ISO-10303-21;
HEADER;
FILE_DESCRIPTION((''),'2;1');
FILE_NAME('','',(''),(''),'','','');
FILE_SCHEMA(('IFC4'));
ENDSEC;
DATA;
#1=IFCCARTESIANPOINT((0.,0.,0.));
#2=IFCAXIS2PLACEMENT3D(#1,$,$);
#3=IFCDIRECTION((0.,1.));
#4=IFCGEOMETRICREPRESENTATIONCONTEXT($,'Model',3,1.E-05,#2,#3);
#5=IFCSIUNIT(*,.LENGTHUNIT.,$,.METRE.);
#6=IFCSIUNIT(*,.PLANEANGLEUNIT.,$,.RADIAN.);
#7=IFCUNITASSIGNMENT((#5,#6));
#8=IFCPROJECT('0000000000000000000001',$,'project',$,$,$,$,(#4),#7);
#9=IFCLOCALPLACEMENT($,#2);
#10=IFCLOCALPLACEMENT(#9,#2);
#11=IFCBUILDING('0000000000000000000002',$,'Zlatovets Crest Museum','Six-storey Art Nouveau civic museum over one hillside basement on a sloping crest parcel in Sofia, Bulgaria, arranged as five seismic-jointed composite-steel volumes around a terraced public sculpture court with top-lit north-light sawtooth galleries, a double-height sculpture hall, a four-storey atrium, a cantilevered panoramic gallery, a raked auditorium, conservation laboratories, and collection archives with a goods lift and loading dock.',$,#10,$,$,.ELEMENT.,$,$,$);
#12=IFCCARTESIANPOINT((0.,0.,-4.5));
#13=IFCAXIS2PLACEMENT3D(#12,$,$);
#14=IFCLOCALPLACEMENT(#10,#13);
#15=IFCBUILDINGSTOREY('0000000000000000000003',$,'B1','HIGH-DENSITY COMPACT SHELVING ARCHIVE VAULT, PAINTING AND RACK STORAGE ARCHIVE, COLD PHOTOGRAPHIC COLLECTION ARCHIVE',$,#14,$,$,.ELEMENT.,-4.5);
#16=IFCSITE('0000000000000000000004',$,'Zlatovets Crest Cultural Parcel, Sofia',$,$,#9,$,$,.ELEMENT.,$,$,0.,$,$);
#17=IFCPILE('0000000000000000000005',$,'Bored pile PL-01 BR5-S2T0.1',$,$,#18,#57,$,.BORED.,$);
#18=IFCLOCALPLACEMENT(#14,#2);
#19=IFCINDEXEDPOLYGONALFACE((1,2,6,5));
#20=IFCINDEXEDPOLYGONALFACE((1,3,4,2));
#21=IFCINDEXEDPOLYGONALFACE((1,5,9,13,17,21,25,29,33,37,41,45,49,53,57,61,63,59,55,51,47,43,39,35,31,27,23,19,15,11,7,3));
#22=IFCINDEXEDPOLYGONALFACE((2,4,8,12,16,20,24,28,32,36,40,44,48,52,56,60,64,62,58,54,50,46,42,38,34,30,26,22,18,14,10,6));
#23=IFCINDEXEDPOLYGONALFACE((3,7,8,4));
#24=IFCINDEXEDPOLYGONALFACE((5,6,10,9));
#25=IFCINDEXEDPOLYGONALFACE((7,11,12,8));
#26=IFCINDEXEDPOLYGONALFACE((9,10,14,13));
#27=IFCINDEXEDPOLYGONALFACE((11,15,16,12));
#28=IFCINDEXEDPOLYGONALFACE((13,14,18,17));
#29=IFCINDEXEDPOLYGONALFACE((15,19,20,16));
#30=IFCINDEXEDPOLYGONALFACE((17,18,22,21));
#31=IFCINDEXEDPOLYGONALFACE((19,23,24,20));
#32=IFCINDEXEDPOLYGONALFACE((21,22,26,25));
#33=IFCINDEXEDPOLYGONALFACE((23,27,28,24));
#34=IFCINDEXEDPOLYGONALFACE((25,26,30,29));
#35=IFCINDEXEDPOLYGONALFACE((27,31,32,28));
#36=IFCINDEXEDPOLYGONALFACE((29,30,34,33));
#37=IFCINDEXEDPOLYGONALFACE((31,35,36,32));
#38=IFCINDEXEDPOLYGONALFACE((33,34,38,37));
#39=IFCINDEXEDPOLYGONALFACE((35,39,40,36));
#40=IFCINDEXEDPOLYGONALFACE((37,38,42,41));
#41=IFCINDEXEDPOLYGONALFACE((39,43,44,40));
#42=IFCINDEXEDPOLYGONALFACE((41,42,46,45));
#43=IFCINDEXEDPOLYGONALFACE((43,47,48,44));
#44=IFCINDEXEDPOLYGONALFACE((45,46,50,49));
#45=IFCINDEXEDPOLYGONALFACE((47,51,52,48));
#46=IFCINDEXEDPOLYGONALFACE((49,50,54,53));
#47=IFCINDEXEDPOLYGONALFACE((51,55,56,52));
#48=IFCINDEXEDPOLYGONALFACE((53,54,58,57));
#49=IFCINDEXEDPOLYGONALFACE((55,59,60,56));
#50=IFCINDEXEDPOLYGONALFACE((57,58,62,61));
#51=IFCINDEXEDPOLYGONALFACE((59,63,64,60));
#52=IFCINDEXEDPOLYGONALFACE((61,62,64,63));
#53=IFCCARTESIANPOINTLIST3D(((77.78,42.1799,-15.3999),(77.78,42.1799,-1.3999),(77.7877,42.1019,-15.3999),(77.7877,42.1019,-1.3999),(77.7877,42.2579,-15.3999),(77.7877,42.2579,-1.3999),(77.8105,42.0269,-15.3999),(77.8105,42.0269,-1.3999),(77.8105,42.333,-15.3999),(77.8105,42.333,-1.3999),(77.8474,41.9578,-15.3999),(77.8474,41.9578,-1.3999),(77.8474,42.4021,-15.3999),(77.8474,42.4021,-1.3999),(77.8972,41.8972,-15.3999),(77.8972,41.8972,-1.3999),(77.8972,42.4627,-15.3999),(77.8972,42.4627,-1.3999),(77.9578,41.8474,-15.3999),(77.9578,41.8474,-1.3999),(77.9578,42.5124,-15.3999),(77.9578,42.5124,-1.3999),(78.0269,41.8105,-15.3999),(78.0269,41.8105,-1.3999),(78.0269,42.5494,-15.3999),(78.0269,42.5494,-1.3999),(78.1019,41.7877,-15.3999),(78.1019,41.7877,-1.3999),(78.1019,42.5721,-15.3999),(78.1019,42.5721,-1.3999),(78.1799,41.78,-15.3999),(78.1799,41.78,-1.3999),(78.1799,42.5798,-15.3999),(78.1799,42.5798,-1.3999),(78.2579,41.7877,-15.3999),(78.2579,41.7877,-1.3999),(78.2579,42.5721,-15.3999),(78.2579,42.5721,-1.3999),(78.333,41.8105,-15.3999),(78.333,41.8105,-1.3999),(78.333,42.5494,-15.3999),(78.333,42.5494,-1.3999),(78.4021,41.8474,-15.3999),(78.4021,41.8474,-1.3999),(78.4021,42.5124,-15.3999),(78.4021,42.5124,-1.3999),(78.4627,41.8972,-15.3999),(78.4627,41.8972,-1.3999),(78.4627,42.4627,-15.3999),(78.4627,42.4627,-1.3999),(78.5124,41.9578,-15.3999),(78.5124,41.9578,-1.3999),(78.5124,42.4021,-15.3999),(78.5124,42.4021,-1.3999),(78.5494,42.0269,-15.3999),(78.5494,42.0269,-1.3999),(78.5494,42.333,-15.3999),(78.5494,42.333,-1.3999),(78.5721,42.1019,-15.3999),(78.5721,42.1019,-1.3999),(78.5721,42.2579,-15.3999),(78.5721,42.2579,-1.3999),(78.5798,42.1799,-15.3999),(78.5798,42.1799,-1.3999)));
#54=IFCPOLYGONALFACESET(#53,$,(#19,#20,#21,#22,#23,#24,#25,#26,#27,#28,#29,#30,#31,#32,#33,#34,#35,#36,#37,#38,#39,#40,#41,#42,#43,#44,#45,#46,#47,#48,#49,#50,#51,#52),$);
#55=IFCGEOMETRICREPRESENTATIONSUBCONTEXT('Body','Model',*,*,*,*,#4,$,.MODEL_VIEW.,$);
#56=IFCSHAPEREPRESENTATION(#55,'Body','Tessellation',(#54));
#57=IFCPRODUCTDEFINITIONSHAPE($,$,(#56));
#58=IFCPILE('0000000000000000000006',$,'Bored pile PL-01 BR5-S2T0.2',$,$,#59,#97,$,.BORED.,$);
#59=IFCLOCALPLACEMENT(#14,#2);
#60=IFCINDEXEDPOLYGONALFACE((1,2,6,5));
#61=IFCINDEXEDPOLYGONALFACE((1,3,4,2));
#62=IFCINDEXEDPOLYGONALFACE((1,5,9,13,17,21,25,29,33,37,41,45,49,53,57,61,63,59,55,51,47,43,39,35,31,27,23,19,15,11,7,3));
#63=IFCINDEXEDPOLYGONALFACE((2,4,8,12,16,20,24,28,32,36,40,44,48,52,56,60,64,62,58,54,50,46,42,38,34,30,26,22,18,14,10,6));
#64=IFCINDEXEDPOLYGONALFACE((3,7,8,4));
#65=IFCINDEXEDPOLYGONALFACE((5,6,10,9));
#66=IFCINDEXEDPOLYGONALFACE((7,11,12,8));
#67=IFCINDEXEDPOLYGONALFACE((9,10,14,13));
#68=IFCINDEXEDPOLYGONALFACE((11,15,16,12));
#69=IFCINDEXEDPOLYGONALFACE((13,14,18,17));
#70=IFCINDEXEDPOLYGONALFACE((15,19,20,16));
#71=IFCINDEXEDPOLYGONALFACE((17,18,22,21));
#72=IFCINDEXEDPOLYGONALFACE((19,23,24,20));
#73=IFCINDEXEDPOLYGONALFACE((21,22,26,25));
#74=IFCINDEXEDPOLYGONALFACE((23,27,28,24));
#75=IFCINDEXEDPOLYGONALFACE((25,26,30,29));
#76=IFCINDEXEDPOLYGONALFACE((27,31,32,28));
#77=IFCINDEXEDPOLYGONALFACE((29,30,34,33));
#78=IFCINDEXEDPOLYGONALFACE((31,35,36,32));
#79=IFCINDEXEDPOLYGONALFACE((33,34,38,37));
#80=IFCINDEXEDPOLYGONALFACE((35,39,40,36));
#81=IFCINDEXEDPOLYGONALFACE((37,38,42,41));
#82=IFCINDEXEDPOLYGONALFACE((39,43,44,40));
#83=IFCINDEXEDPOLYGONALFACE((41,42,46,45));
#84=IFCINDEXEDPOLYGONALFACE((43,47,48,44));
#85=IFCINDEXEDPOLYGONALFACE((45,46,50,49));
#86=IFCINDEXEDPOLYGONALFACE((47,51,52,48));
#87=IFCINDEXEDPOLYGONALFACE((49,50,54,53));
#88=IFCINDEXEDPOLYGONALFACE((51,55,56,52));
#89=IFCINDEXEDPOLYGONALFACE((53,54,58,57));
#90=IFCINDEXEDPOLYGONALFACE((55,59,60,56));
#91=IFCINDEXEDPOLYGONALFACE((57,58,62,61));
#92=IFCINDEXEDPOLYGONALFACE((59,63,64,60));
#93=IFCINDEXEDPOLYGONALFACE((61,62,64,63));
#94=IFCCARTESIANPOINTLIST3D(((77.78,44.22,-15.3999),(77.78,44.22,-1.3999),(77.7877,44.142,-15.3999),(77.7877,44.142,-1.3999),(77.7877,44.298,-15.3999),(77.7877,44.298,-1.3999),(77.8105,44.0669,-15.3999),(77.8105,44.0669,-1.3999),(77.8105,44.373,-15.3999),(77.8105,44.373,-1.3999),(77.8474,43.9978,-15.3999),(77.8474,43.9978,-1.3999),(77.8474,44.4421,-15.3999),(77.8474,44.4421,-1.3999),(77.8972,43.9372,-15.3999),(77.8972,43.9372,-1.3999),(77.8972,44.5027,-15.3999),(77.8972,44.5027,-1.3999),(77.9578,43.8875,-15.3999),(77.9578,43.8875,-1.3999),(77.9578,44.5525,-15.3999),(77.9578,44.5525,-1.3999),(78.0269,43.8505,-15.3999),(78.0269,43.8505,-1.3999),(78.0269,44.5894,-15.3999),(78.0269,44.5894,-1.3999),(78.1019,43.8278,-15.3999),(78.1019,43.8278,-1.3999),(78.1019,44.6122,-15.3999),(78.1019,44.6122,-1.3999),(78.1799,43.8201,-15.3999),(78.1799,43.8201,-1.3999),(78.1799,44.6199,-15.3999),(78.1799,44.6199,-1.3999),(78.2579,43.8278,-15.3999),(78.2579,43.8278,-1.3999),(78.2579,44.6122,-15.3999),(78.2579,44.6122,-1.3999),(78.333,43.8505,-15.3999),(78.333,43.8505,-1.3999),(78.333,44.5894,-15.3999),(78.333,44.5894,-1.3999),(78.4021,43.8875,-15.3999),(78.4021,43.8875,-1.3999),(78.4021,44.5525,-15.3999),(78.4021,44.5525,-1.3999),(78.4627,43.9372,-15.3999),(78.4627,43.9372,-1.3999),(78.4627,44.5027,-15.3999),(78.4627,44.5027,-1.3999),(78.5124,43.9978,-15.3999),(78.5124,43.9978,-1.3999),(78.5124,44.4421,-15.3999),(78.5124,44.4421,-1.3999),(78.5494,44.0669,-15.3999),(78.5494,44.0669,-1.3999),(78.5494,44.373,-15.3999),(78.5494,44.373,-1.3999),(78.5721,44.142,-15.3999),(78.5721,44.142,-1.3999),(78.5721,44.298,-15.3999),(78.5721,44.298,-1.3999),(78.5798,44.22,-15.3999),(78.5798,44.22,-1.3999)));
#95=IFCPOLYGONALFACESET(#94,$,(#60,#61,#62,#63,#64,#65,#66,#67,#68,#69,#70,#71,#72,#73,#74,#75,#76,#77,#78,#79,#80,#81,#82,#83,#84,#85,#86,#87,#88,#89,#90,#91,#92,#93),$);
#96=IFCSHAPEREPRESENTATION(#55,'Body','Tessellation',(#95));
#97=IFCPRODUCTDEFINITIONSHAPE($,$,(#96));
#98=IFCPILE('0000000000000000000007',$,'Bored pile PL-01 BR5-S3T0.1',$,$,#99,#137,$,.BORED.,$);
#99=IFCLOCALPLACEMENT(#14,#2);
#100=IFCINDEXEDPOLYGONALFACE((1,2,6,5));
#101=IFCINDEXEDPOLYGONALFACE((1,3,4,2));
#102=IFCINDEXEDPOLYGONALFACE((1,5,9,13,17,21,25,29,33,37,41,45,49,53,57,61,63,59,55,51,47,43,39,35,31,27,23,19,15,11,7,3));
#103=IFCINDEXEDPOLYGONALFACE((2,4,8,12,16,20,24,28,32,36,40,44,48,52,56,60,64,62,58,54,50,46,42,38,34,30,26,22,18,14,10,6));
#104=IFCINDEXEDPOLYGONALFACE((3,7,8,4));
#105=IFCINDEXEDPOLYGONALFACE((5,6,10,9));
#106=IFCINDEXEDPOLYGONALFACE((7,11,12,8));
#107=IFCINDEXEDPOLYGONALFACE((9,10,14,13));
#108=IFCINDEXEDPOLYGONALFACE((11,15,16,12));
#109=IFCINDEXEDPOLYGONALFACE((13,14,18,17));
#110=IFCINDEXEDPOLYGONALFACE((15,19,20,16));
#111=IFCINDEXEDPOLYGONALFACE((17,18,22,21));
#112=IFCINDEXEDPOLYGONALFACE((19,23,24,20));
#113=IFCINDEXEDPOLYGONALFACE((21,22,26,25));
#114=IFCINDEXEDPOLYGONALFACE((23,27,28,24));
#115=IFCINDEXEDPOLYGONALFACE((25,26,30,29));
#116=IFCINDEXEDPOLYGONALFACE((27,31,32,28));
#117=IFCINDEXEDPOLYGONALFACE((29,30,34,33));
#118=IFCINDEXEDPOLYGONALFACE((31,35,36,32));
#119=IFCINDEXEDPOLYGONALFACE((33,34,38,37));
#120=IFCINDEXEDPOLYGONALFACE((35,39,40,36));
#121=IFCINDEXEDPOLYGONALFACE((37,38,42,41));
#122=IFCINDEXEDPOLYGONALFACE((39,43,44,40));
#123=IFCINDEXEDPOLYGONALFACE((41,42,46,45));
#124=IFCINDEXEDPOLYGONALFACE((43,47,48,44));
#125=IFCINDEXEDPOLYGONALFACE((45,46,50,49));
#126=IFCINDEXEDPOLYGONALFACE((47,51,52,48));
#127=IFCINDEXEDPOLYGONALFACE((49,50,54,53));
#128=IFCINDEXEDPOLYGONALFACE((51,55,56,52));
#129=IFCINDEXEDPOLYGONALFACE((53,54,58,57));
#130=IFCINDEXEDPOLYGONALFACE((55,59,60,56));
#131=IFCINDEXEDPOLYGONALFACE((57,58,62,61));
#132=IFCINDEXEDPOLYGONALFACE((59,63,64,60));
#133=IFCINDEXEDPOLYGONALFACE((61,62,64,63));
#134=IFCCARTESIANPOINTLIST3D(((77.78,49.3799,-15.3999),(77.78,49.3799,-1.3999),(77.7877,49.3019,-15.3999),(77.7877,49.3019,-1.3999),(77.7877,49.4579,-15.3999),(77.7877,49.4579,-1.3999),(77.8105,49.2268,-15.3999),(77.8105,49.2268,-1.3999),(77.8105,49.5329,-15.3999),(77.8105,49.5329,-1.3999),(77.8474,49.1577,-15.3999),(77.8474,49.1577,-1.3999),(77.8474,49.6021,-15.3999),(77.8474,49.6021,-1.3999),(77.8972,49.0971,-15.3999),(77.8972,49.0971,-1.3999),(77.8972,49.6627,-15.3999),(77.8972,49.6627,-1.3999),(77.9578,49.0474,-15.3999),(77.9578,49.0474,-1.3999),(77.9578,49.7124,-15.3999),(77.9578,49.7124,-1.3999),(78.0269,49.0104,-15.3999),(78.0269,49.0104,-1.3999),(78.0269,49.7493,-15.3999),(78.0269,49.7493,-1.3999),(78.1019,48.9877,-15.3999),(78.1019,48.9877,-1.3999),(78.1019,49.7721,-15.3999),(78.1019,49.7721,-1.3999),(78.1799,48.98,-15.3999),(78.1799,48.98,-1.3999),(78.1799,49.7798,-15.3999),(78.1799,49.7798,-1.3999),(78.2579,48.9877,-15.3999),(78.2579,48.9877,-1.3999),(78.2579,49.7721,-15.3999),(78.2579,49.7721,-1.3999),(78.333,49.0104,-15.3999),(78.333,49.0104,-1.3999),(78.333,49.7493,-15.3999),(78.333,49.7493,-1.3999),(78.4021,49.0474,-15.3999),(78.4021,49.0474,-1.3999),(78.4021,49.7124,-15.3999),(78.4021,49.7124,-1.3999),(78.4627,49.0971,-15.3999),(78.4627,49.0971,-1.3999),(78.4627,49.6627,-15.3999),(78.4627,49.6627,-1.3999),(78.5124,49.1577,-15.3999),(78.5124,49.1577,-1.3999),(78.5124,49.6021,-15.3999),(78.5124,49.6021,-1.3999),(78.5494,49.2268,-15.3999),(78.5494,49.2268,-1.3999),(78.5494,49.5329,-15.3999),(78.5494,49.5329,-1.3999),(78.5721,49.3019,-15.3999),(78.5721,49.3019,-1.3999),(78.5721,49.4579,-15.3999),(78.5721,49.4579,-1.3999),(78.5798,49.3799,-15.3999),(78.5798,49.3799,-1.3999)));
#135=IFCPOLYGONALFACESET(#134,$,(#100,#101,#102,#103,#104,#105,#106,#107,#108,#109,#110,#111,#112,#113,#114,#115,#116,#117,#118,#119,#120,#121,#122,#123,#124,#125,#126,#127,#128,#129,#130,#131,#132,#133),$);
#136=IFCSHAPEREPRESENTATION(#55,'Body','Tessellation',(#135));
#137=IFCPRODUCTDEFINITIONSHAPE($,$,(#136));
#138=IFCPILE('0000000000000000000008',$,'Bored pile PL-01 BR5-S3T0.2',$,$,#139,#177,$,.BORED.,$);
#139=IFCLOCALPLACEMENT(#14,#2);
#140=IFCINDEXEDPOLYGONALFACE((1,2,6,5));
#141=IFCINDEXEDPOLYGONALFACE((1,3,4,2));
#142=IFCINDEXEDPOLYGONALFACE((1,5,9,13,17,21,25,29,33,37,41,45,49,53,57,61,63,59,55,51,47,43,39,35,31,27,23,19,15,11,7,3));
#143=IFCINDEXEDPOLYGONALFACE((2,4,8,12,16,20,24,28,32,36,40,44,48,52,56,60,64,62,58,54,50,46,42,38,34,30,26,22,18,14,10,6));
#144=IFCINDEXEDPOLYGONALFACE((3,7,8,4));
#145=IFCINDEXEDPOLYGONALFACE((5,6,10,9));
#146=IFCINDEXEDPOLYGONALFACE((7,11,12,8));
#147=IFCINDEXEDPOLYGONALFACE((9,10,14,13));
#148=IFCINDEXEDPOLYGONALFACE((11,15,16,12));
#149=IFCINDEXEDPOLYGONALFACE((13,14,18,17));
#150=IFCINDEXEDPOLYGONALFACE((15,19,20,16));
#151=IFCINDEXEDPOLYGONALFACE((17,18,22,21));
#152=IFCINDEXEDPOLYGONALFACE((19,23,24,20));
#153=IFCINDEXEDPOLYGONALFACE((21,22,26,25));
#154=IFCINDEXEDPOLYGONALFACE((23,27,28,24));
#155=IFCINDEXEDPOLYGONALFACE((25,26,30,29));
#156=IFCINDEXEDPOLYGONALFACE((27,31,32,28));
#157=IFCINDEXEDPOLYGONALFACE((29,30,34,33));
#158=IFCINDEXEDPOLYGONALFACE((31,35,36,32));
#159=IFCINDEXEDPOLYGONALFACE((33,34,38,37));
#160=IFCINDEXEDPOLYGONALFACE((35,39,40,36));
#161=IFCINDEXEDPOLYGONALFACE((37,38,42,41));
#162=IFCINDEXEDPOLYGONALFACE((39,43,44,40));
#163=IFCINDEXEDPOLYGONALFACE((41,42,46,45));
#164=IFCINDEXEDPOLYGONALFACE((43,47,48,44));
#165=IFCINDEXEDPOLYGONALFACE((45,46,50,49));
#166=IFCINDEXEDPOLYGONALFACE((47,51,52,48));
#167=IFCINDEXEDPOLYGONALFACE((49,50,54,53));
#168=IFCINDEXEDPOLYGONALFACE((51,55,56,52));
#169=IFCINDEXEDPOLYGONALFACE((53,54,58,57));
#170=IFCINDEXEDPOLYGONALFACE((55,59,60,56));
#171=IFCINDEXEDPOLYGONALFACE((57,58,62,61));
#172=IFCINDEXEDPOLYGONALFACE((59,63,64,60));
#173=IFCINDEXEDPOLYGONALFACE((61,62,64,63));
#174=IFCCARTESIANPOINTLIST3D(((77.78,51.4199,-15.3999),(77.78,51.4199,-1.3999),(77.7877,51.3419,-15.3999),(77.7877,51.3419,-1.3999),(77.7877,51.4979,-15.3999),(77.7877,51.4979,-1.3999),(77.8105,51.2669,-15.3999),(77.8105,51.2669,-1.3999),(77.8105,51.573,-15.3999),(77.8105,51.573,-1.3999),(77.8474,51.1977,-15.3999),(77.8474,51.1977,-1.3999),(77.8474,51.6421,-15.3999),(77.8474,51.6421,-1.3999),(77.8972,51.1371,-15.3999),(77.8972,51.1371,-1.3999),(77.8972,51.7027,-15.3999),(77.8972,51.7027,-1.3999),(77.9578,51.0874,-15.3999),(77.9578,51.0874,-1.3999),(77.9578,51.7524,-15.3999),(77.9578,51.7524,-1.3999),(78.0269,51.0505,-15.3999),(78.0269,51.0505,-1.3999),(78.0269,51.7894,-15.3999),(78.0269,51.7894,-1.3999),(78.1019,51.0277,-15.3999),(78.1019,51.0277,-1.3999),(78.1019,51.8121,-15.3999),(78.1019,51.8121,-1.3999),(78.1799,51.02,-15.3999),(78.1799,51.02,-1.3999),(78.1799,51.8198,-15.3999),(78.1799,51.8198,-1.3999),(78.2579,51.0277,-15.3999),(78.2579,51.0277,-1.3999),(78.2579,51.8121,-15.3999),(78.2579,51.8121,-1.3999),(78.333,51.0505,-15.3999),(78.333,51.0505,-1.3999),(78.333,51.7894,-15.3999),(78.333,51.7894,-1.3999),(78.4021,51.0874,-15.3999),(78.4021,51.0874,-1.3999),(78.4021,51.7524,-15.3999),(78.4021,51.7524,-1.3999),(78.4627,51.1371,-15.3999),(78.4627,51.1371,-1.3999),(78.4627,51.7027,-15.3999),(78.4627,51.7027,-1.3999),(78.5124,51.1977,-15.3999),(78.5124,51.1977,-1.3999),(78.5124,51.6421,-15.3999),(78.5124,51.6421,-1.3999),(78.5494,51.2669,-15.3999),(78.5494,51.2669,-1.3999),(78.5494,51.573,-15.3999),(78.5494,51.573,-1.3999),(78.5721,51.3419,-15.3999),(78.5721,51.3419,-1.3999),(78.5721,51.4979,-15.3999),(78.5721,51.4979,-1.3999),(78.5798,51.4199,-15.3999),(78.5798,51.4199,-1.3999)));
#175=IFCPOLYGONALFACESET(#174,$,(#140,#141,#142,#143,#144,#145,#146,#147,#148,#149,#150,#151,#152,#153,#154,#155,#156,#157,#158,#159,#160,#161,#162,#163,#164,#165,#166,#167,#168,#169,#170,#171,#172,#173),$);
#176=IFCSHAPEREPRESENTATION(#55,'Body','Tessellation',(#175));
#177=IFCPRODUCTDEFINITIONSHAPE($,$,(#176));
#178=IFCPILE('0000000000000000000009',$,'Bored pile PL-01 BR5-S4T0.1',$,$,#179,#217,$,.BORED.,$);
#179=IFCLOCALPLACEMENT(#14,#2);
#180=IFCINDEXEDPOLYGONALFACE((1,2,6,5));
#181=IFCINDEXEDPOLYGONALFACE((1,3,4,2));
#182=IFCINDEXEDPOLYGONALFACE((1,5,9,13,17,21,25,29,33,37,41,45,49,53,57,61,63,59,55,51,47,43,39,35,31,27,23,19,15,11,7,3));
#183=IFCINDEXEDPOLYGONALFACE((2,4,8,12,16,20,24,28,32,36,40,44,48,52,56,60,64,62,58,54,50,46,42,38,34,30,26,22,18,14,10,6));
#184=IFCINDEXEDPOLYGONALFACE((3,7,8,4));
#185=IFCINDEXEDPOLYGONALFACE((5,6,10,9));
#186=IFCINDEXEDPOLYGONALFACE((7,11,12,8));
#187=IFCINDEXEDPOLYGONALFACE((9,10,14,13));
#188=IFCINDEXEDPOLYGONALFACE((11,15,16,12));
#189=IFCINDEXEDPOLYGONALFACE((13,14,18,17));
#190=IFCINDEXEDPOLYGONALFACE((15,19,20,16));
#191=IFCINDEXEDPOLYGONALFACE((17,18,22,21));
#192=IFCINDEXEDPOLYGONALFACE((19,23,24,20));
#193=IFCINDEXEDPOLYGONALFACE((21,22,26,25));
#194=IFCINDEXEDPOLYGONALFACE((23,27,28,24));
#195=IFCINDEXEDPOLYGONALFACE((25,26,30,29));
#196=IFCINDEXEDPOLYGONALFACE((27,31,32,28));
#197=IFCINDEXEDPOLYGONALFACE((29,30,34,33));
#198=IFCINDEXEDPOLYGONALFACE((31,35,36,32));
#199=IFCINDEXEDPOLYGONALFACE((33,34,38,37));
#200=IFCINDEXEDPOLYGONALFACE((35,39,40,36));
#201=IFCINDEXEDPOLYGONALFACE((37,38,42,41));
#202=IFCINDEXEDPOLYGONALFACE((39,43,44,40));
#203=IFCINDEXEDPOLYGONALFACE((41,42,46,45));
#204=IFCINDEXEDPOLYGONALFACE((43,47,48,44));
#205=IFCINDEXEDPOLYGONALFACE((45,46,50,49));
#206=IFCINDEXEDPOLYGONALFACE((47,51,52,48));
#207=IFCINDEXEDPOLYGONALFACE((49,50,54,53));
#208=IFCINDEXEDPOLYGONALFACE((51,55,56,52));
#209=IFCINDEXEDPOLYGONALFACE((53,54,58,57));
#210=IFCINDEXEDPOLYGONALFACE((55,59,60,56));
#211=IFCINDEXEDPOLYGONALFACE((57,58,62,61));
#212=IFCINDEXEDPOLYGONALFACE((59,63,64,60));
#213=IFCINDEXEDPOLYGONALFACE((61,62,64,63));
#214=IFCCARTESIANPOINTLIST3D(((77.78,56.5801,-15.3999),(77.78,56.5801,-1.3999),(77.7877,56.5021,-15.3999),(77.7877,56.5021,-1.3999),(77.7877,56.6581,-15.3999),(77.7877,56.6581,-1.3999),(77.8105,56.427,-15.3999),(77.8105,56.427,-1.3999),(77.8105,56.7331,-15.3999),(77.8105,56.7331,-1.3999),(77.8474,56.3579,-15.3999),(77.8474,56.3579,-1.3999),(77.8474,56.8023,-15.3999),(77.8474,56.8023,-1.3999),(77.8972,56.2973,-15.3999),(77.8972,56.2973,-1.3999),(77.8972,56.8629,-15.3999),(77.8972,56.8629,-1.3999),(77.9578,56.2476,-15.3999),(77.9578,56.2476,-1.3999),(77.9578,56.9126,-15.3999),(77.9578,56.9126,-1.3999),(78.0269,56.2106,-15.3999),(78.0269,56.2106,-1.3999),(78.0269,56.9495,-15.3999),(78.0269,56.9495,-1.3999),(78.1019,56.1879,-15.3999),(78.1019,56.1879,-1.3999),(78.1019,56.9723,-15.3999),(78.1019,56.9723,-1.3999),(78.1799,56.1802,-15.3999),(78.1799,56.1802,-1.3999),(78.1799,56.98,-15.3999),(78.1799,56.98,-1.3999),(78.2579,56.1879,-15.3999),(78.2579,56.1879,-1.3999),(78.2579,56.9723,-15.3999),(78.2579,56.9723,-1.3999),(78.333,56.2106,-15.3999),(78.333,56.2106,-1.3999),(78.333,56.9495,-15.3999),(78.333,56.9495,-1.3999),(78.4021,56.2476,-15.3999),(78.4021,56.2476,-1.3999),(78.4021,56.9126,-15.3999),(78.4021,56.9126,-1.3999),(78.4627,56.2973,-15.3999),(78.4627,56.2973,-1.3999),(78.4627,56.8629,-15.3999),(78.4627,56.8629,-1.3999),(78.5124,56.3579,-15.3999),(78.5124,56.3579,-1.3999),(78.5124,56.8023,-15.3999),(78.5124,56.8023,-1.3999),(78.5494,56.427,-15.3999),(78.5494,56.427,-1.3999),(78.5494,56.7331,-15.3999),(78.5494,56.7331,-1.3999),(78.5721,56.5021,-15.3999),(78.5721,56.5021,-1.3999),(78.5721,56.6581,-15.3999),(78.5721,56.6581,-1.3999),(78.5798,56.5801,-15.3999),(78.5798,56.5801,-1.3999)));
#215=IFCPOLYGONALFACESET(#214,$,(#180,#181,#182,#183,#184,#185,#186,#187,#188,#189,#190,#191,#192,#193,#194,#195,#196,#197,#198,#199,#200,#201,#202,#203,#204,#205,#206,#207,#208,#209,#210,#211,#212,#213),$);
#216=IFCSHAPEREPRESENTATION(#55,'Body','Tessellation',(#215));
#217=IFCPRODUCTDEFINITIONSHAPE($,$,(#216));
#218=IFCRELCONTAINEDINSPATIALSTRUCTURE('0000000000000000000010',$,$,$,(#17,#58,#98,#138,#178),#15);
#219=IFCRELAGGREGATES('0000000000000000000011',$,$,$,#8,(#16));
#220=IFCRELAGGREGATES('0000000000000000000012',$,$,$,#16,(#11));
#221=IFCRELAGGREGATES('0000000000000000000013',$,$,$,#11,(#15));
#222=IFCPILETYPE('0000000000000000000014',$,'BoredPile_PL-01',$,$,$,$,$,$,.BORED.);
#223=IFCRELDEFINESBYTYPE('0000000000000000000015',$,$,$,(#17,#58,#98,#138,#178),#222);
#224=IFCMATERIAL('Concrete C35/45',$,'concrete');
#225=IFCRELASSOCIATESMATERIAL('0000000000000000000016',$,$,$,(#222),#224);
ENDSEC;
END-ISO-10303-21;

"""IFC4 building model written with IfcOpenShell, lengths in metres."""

from ifc_helpers import new_model, si_unit, direction, frame, origin, origin_2d, place, context, subcontext, project, spatial, circle, extrude, material, material_profile, profile_set, type_object, element, save


model = new_model("IFC4")

# Units and contexts
model_context = context("Model", 3, precision=1e-05, world=origin(), true_north=direction((0.0, 1.0)))
body_context = subcontext(model_context, "Body", "Model", "MODEL_VIEW")
ifc_project = project(units=[si_unit("LENGTHUNIT", "METRE"), si_unit("PLANEANGLEUNIT", "RADIAN")], contexts=[model_context])

# Site, building, storey
site_placement = place(None, origin())
site = spatial("IfcSite", under=ifc_project, at=site_placement, Name="Zlatovets Crest Cultural Parcel, Sofia", CompositionType="ELEMENT", RefElevation=0.0)
building_placement = place(site_placement, origin())
building = spatial("IfcBuilding", under=site, at=building_placement, Name="Zlatovets Crest Museum", Description="Six-storey Art Nouveau civic museum over one hillside basement on a sloping crest parcel in Sofia, Bulgaria, arranged as five seismic-jointed composite-steel volumes around a terraced public sculpture court with top-lit north-light sawtooth galleries, a double-height sculpture hall, a four-storey atrium, a cantilevered panoramic gallery, a raked auditorium, conservation laboratories, and collection archives with a goods lift and loading dock.", CompositionType="ELEMENT")
storey_placement = place(building_placement, frame((0.0, 0.0, -4.5)))
storey = spatial("IfcBuildingStorey", under=building, at=storey_placement, Name="B1", Description="HIGH-DENSITY COMPACT SHELVING ARCHIVE VAULT, PAINTING AND RACK STORAGE ARCHIVE, COLD PHOTOGRAPHIC COLLECTION ARCHIVE", CompositionType="ELEMENT", Elevation=-4.5)

# Piles
ifc_material_1 = material(Name="Concrete C35/45", Category="concrete")
ifc_material_profile_1 = material_profile(ifc_material_1, circle(Radius=0.3999, at=origin_2d()), Name="PILE D800")
ifc_profile_set_1 = profile_set([ifc_material_profile_1], Name="Concrete C35/45")
pile_type_1 = type_object("IfcPileType", Name="BoredPile_PL-01", PredefinedType="BORED", material=ifc_profile_set_1)
for number, where, z_axis, x_axis, name in (
    (1, (78.1799, 42.1799, -1.3999), (0.0, 0.0, -1.0), (1.0, 0.0, 0.0), "Bored pile PL-01 BR5-S2T0.1"),
    (2, (78.1799, 44.22, -1.3999), (0.0, 0.0, -1.0), (1.0, 0.0, 0.0), "Bored pile PL-01 BR5-S2T0.2"),
    (3, (78.1799, 49.3799, -1.3999), (0.0, 0.0, -1.0), (1.0, 0.0, 0.0), "Bored pile PL-01 BR5-S3T0.1"),
    (4, (78.1799, 51.4199, -1.3999), (0.0, 0.0, -1.0), (1.0, 0.0, 0.0), "Bored pile PL-01 BR5-S3T0.2"),
    (5, (78.1799, 56.5801, -1.3999), (0.0, 0.0, -1.0), (1.0, 0.0, 0.0), "Bored pile PL-01 BR5-S4T0.1"),
):
    element("IfcPile", number, at=place(storey_placement, frame(where, z_axis=z_axis, x_axis=x_axis)), inside=storey, type_object=pile_type_1, Name=name, PredefinedType="BORED", context=body_context, shape_type="SweptSolid", body=[
        extrude(circle(Radius=0.3999, at=origin_2d()), origin(), (0.0, 0.0, 1.0), 14.0),
    ])

save(model, "model.ifc")
